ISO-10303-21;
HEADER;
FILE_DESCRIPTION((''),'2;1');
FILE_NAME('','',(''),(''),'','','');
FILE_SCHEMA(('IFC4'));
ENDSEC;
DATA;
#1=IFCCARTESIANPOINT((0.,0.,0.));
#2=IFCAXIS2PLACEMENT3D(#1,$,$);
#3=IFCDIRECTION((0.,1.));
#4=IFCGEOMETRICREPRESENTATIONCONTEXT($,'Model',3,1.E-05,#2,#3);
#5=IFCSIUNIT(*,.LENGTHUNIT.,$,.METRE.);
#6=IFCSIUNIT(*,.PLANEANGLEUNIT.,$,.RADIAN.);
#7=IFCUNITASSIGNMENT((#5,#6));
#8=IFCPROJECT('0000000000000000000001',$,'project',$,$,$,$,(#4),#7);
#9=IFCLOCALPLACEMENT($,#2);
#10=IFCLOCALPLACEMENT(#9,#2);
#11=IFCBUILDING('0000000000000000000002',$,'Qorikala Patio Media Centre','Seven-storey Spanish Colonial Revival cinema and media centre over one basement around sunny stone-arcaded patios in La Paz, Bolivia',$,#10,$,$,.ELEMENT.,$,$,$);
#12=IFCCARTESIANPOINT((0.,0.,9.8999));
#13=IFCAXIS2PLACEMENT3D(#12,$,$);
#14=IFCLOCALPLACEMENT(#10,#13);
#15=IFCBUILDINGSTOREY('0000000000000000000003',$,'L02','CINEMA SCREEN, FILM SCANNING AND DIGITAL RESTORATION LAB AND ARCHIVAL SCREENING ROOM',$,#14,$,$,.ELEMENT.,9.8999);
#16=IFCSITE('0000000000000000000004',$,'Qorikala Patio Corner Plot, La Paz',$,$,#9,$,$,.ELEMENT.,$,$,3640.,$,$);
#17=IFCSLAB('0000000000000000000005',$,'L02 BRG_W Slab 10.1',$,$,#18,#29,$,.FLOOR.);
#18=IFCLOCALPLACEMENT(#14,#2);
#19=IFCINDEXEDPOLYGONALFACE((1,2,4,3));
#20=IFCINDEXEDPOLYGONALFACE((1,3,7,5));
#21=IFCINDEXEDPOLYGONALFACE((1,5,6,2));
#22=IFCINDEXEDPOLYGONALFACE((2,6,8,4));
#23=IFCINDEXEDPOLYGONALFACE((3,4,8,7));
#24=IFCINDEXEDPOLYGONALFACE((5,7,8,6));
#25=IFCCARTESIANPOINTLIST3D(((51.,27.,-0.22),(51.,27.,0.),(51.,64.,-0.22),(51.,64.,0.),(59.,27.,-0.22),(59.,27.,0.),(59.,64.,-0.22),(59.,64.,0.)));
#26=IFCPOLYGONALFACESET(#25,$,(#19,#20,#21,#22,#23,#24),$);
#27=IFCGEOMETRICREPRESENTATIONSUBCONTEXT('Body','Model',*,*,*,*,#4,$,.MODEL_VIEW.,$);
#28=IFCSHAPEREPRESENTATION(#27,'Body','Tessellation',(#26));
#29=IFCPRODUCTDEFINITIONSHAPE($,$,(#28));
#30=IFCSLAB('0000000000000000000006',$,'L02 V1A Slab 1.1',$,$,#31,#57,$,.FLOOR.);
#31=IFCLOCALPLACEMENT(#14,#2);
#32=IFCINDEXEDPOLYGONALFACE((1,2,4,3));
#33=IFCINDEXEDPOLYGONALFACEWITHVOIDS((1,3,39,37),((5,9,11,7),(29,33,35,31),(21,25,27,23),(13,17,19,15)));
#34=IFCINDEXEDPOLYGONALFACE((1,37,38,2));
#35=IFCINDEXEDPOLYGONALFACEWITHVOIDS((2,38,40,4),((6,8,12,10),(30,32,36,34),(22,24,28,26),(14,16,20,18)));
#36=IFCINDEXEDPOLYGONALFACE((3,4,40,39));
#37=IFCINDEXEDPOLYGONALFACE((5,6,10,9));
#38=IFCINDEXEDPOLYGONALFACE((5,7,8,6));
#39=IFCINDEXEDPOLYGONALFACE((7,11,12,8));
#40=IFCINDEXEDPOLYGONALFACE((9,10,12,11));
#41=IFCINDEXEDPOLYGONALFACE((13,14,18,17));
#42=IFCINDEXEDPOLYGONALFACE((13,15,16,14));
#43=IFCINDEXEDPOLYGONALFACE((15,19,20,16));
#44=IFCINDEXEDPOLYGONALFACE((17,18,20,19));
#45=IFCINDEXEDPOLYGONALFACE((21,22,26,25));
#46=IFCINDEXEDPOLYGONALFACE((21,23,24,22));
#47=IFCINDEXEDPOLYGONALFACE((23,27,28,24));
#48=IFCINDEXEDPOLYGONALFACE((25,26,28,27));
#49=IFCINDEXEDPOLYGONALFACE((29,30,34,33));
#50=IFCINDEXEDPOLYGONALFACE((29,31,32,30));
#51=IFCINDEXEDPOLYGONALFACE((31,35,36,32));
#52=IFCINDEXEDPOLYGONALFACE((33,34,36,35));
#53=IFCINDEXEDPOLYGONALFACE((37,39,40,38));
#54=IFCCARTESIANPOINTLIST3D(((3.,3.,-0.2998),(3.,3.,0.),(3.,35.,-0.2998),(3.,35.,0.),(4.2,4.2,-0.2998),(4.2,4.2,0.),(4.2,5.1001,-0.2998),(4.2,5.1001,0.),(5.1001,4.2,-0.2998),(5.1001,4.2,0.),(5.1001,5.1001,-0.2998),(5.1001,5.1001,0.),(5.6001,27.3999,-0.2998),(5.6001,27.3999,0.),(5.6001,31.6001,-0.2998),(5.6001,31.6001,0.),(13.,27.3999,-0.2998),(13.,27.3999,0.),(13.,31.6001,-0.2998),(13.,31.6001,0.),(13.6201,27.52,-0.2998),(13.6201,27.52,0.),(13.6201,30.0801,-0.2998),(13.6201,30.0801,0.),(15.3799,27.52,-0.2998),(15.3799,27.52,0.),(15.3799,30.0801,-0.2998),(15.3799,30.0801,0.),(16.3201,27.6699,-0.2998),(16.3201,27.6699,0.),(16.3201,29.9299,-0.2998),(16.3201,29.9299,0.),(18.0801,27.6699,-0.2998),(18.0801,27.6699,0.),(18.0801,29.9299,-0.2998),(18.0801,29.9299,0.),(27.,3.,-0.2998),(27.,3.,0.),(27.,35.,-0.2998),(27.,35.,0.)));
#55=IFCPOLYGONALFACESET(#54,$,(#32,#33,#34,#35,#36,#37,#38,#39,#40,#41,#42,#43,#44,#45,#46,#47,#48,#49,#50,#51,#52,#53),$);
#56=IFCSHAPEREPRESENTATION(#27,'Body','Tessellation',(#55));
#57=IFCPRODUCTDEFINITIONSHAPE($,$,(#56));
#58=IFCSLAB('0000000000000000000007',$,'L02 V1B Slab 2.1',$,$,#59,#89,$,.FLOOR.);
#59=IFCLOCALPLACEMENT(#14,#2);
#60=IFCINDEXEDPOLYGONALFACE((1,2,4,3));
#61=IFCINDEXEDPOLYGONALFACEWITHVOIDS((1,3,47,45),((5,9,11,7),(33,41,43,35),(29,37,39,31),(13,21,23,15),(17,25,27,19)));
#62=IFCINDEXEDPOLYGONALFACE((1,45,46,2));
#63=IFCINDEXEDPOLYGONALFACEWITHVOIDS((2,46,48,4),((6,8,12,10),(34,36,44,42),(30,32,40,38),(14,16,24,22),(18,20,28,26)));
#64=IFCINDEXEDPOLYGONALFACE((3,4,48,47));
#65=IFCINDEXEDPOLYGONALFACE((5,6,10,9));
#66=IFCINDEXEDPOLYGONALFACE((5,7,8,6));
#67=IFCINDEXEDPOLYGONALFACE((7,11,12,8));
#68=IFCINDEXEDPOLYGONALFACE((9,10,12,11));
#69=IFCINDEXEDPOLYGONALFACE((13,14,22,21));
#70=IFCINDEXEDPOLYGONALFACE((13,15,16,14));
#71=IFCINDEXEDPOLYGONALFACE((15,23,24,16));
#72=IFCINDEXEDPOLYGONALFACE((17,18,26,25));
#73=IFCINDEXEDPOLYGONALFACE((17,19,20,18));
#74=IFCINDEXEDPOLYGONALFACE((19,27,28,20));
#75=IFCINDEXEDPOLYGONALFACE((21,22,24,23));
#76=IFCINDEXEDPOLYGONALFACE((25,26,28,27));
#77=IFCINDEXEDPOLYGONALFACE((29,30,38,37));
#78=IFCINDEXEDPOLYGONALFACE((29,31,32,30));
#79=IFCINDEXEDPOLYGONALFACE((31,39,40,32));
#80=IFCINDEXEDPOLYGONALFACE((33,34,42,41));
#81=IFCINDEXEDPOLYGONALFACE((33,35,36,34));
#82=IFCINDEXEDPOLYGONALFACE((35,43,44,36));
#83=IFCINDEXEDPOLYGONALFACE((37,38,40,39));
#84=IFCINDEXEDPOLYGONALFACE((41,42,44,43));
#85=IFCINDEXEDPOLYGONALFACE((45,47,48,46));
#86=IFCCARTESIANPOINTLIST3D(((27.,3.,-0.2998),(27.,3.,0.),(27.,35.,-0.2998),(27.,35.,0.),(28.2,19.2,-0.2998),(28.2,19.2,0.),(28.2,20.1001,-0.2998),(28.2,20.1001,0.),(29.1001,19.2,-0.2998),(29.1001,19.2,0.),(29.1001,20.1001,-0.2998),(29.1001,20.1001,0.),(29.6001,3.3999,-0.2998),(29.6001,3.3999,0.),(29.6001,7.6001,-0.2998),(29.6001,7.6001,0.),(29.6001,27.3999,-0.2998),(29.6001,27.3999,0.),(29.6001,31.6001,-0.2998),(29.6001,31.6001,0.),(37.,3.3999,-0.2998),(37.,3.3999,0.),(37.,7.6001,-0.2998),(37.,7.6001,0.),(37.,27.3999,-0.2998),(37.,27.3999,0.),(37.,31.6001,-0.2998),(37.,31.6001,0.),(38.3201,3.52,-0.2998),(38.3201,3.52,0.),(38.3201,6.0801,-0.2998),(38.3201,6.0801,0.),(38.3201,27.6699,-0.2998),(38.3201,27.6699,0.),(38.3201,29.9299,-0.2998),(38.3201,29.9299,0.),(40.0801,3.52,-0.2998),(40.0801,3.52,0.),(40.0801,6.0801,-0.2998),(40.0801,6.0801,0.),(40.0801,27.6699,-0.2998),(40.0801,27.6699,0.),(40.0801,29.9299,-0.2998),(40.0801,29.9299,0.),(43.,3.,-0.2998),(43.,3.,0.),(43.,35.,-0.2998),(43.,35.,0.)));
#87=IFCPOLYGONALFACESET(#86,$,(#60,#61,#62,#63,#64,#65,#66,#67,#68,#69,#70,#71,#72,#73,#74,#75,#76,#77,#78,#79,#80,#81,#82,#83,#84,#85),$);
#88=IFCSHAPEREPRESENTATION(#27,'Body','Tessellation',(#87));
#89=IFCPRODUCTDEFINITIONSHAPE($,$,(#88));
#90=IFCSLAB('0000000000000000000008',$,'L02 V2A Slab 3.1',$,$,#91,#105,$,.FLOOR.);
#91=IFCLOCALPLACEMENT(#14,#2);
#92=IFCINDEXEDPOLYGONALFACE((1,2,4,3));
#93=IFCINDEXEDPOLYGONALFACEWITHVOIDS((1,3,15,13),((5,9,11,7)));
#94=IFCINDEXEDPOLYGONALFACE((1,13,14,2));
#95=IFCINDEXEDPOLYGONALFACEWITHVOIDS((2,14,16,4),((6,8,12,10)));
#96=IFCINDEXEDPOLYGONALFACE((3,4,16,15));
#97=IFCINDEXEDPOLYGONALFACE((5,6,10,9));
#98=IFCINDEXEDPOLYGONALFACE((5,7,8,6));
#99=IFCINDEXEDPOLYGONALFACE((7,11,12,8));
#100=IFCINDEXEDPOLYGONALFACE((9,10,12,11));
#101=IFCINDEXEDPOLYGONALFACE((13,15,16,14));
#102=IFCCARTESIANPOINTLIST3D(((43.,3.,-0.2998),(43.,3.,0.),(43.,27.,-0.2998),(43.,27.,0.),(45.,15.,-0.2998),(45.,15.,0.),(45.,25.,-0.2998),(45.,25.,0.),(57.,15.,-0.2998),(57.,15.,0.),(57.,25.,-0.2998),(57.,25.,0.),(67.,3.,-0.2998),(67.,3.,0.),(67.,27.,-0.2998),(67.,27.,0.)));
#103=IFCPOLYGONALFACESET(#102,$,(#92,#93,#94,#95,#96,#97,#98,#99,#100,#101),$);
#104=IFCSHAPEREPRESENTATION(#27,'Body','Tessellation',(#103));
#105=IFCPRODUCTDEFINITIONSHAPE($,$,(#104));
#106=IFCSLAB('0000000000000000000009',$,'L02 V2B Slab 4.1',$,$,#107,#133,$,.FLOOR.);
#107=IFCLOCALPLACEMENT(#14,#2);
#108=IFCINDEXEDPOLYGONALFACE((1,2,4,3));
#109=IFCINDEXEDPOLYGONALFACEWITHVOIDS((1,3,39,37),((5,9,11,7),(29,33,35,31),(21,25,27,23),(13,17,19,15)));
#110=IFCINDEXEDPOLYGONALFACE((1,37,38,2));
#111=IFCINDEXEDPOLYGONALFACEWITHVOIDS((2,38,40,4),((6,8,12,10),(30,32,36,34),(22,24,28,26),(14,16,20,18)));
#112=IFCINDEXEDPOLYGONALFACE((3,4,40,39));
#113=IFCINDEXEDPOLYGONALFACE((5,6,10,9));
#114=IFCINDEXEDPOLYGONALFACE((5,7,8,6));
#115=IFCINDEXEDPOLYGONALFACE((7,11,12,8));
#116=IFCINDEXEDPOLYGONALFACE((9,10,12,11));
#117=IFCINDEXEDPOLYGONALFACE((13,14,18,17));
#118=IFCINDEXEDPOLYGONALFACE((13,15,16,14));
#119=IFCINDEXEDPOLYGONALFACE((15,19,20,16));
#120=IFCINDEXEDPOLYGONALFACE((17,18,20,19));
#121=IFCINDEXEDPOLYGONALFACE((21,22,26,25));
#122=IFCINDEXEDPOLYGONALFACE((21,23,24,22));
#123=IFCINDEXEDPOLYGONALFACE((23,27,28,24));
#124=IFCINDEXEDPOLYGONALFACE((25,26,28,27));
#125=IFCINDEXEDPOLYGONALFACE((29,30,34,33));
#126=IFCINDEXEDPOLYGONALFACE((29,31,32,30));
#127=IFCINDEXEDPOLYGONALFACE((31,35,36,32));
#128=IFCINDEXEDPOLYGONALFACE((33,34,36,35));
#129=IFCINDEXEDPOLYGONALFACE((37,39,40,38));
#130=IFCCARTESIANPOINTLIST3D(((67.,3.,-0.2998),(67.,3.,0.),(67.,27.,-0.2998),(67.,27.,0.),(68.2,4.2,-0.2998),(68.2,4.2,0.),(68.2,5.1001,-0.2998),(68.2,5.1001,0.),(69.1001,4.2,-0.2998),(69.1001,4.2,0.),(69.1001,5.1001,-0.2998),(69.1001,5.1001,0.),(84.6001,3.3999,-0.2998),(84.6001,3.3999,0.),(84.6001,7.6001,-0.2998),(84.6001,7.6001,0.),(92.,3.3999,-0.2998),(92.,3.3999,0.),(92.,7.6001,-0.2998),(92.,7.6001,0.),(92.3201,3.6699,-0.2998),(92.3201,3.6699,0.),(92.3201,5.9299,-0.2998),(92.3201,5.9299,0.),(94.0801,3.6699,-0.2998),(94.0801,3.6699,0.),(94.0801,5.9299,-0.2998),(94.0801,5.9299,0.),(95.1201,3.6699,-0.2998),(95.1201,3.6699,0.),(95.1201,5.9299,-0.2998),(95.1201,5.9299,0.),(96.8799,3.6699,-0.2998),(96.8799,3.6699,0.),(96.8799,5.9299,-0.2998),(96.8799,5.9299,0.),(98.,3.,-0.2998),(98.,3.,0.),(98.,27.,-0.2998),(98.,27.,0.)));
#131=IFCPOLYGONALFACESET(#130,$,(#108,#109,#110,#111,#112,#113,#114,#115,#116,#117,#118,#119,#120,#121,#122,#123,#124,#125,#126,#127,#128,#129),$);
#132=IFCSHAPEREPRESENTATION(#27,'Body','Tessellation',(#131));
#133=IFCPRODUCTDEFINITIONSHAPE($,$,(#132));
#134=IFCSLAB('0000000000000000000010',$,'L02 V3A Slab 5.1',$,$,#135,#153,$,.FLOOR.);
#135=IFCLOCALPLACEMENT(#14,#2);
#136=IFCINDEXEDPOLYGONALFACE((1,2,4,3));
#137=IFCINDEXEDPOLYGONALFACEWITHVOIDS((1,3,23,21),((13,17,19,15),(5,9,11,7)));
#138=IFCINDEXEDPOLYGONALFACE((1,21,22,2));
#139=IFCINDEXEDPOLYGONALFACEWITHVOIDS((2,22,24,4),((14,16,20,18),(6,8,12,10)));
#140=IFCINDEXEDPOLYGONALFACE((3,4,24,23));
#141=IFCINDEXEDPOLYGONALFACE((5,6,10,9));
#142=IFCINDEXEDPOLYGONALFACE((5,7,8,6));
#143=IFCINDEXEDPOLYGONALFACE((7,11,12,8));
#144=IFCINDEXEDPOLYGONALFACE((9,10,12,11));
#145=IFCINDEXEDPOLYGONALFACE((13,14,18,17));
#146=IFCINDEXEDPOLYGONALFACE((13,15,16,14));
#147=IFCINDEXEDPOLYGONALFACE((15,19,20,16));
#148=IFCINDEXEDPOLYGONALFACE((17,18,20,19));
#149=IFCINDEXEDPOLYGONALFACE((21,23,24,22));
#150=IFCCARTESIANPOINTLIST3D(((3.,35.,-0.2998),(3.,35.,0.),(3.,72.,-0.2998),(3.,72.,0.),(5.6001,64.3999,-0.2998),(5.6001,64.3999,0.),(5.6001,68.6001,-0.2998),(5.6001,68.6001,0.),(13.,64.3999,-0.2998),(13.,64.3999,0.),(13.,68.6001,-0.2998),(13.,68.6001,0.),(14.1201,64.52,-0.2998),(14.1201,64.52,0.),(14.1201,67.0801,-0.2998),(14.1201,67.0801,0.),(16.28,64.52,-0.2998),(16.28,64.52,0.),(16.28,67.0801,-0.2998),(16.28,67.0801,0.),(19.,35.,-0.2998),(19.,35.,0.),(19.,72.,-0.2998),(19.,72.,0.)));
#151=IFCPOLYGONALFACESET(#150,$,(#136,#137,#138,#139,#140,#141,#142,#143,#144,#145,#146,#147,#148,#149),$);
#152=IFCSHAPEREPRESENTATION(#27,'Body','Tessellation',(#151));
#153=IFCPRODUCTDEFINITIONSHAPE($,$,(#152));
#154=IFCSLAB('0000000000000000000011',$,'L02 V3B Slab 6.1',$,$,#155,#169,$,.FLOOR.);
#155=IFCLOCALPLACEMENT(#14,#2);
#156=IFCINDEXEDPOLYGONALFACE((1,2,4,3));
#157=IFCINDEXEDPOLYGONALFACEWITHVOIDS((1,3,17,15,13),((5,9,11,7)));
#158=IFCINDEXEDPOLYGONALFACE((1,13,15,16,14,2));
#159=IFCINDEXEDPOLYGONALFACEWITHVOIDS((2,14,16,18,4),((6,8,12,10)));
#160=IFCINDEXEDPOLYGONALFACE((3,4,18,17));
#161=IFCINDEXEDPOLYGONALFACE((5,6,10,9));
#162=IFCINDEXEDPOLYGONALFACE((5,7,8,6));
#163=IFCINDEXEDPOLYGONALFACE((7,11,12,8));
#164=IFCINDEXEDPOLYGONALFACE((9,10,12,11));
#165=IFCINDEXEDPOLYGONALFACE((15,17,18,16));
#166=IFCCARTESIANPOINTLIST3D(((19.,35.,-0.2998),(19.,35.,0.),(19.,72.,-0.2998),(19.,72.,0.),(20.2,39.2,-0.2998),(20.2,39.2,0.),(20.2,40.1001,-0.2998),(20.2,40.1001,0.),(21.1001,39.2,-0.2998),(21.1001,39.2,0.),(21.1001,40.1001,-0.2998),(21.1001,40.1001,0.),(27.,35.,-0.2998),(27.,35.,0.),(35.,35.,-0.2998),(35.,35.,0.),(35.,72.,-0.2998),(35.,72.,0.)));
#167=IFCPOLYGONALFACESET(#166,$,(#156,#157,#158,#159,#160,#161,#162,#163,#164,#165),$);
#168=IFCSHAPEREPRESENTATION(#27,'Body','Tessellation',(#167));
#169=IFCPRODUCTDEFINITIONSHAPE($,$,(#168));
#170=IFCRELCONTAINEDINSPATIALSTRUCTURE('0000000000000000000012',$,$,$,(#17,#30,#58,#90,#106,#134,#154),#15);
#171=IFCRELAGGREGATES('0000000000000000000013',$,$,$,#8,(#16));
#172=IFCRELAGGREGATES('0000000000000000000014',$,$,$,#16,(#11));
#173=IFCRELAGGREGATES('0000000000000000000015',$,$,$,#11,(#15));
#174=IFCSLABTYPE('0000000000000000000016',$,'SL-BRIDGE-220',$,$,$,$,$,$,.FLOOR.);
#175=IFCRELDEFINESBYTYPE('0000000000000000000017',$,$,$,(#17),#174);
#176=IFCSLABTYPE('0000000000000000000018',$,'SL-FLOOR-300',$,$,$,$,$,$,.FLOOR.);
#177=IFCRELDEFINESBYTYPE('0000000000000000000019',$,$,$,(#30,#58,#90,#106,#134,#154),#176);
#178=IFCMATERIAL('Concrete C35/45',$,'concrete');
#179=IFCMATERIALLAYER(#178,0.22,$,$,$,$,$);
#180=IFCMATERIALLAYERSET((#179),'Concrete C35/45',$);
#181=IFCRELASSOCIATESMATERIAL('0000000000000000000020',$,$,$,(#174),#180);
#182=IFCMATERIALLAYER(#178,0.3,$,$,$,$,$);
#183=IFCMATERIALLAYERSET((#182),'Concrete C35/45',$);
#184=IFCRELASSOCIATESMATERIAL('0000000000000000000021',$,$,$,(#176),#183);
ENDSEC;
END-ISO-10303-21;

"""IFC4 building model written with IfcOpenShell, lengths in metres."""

from ifc_helpers import new_model, si_unit, direction, frame, origin, place, context, subcontext, project, spatial, polyline, outline, extrude, material, layer, layer_set, type_object, element, save


model = new_model("IFC4")

# Units and contexts
model_context = context("Model", 3, precision=1e-05, world=origin(), true_north=direction((0.0, 1.0)))
body_context = subcontext(model_context, "Body", "Model", "MODEL_VIEW")
ifc_project = project(units=[si_unit("LENGTHUNIT", "METRE"), si_unit("PLANEANGLEUNIT", "RADIAN")], contexts=[model_context])

# Site, building, storey
site_placement = place(None, origin())
site = spatial("IfcSite", under=ifc_project, at=site_placement, Name="Qorikala Patio Corner Plot, La Paz", CompositionType="ELEMENT", RefElevation=3640.0)
building_placement = place(site_placement, origin())
building = spatial("IfcBuilding", under=site, at=building_placement, Name="Qorikala Patio Media Centre", Description="Seven-storey Spanish Colonial Revival cinema and media centre over one basement around sunny stone-arcaded patios in La Paz, Bolivia", CompositionType="ELEMENT")
storey_placement = place(building_placement, frame((0.0, 0.0, 9.8999)))
storey = spatial("IfcBuildingStorey", under=building, at=storey_placement, Name="L02", Description="CINEMA SCREEN, FILM SCANNING AND DIGITAL RESTORATION LAB AND ARCHIVAL SCREENING ROOM", CompositionType="ELEMENT", Elevation=9.8999)

# Slabs
ifc_material_1 = material(Name="Concrete C35/45", Category="concrete")
ifc_layer_1 = layer(ifc_material_1, 0.22)
ifc_layer_set_1 = layer_set([ifc_layer_1], Name="Concrete C35/45")
slab_type_1 = type_object("IfcSlabType", Name="SL-BRIDGE-220", PredefinedType="FLOOR", material=ifc_layer_set_1)
slab_1_placement = place(storey_placement, frame((0.0, 0.0, -0.22)))
element("IfcSlab", 1, at=slab_1_placement, inside=storey, type_object=slab_type_1, Name="L02 BRG_W Slab 10.1", PredefinedType="FLOOR", context=body_context, shape_type="SweptSolid", body=[
    extrude(outline(polyline([(51.0, 27.0), (51.0, 64.0), (59.0, 64.0), (59.0, 27.0), (51.0, 27.0)])), origin(), (0.0, 0.0, 1.0), 0.22),
])
ifc_layer_2 = layer(ifc_material_1, 0.3)
ifc_layer_set_2 = layer_set([ifc_layer_2], Name="Concrete C35/45")
slab_type_2 = type_object("IfcSlabType", Name="SL-FLOOR-300", PredefinedType="FLOOR", material=ifc_layer_set_2)
slab_2_placement = place(storey_placement, frame((0.0, 0.0, -0.2998)))
element("IfcSlab", 2, at=slab_2_placement, inside=storey, type_object=slab_type_2, Name="L02 V1A Slab 1.1", PredefinedType="FLOOR", context=body_context, shape_type="SweptSolid", body=[
    extrude(outline(polyline([(3.0, 35.0), (27.0, 35.0), (27.0, 3.0), (3.0, 3.0), (3.0, 35.0)]), holes=[polyline([(5.1001, 4.2), (5.1001, 5.1001), (4.2, 5.1001), (4.2, 4.2), (5.1001, 4.2)]), polyline([(13.6201, 27.52), (15.3799, 27.52), (15.3799, 30.0801), (13.6201, 30.0801), (13.6201, 27.52)]), polyline([(16.3201, 27.6699), (18.0801, 27.6699), (18.0801, 29.9299), (16.3201, 29.9299), (16.3201, 27.6699)]), polyline([(13.0, 27.3999), (13.0, 31.6001), (5.6001, 31.6001), (5.6001, 27.3999), (13.0, 27.3999)])]), origin(), (0.0, 0.0, 1.0), 0.2998),
])
slab_3_placement = place(storey_placement, frame((0.0, 0.0, -0.2998)))
element("IfcSlab", 3, at=slab_3_placement, inside=storey, type_object=slab_type_2, Name="L02 V1B Slab 2.1", PredefinedType="FLOOR", context=body_context, shape_type="SweptSolid", body=[
    extrude(outline(polyline([(43.0, 3.0), (27.0, 3.0), (27.0, 35.0), (43.0, 35.0), (43.0, 3.0)]), holes=[polyline([(38.3201, 3.52), (40.0801, 3.52), (40.0801, 6.0801), (38.3201, 6.0801), (38.3201, 3.52)]), polyline([(29.6001, 3.3999), (37.0, 3.3999), (37.0, 7.6001), (29.6001, 7.6001), (29.6001, 3.3999)]), polyline([(29.1001, 19.2), (29.1001, 20.1001), (28.2, 20.1001), (28.2, 19.2), (29.1001, 19.2)]), polyline([(29.6001, 27.3999), (37.0, 27.3999), (37.0, 31.6001), (29.6001, 31.6001), (29.6001, 27.3999)]), polyline([(38.3201, 27.6699), (40.0801, 27.6699), (40.0801, 29.9299), (38.3201, 29.9299), (38.3201, 27.6699)])]), origin(), (0.0, 0.0, 1.0), 0.2998),
])
slab_4_placement = place(storey_placement, frame((0.0, 0.0, -0.2998)))
element("IfcSlab", 4, at=slab_4_placement, inside=storey, type_object=slab_type_2, Name="L02 V2A Slab 3.1", PredefinedType="FLOOR", context=body_context, shape_type="SweptSolid", body=[
    extrude(outline(polyline([(67.0, 3.0), (43.0, 3.0), (43.0, 27.0), (67.0, 27.0), (67.0, 3.0)]), holes=[polyline([(57.0, 15.0), (57.0, 25.0), (45.0, 25.0), (45.0, 15.0), (57.0, 15.0)])]), origin(), (0.0, 0.0, 1.0), 0.2998),
])
slab_5_placement = place(storey_placement, frame((0.0, 0.0, -0.2998)))
element("IfcSlab", 5, at=slab_5_placement, inside=storey, type_object=slab_type_2, Name="L02 V2B Slab 4.1", PredefinedType="FLOOR", context=body_context, shape_type="SweptSolid", body=[
    extrude(outline(polyline([(98.0, 3.0), (67.0, 3.0), (67.0, 27.0), (98.0, 27.0), (98.0, 3.0)]), holes=[polyline([(68.2, 4.2), (69.1001, 4.2), (69.1001, 5.1001), (68.2, 5.1001), (68.2, 4.2)]), polyline([(92.3201, 3.6699), (94.0801, 3.6699), (94.0801, 5.9299), (92.3201, 5.9299), (92.3201, 3.6699)]), polyline([(95.1201, 3.6699), (96.8799, 3.6699), (96.8799, 5.9299), (95.1201, 5.9299), (95.1201, 3.6699)]), polyline([(92.0, 3.3999), (92.0, 7.6001), (84.6001, 7.6001), (84.6001, 3.3999), (92.0, 3.3999)])]), origin(), (0.0, 0.0, 1.0), 0.2998),
])
slab_6_placement = place(storey_placement, frame((0.0, 0.0, -0.2998)))
element("IfcSlab", 6, at=slab_6_placement, inside=storey, type_object=slab_type_2, Name="L02 V3A Slab 5.1", PredefinedType="FLOOR", context=body_context, shape_type="SweptSolid", body=[
    extrude(outline(polyline([(19.0, 72.0), (19.0, 35.0), (3.0, 35.0), (3.0, 72.0), (19.0, 72.0)]), holes=[polyline([(16.28, 64.52), (16.28, 67.0801), (14.1201, 67.0801), (14.1201, 64.52), (16.28, 64.52)]), polyline([(5.6001, 64.3999), (13.0, 64.3999), (13.0, 68.6001), (5.6001, 68.6001), (5.6001, 64.3999)])]), origin(), (0.0, 0.0, 1.0), 0.2998),
])
slab_7_placement = place(storey_placement, frame((0.0, 0.0, -0.2998)))
element("IfcSlab", 7, at=slab_7_placement, inside=storey, type_object=slab_type_2, Name="L02 V3B Slab 6.1", PredefinedType="FLOOR", context=body_context, shape_type="SweptSolid", body=[
    extrude(outline(polyline([(35.0, 35.0), (27.0, 35.0), (19.0, 35.0), (19.0, 72.0), (35.0, 72.0), (35.0, 35.0)]), holes=[polyline([(20.2, 39.2), (21.1001, 39.2), (21.1001, 40.1001), (20.2, 40.1001), (20.2, 39.2)])]), origin(), (0.0, 0.0, 1.0), 0.2998),
])

save(model, "model.ifc")
